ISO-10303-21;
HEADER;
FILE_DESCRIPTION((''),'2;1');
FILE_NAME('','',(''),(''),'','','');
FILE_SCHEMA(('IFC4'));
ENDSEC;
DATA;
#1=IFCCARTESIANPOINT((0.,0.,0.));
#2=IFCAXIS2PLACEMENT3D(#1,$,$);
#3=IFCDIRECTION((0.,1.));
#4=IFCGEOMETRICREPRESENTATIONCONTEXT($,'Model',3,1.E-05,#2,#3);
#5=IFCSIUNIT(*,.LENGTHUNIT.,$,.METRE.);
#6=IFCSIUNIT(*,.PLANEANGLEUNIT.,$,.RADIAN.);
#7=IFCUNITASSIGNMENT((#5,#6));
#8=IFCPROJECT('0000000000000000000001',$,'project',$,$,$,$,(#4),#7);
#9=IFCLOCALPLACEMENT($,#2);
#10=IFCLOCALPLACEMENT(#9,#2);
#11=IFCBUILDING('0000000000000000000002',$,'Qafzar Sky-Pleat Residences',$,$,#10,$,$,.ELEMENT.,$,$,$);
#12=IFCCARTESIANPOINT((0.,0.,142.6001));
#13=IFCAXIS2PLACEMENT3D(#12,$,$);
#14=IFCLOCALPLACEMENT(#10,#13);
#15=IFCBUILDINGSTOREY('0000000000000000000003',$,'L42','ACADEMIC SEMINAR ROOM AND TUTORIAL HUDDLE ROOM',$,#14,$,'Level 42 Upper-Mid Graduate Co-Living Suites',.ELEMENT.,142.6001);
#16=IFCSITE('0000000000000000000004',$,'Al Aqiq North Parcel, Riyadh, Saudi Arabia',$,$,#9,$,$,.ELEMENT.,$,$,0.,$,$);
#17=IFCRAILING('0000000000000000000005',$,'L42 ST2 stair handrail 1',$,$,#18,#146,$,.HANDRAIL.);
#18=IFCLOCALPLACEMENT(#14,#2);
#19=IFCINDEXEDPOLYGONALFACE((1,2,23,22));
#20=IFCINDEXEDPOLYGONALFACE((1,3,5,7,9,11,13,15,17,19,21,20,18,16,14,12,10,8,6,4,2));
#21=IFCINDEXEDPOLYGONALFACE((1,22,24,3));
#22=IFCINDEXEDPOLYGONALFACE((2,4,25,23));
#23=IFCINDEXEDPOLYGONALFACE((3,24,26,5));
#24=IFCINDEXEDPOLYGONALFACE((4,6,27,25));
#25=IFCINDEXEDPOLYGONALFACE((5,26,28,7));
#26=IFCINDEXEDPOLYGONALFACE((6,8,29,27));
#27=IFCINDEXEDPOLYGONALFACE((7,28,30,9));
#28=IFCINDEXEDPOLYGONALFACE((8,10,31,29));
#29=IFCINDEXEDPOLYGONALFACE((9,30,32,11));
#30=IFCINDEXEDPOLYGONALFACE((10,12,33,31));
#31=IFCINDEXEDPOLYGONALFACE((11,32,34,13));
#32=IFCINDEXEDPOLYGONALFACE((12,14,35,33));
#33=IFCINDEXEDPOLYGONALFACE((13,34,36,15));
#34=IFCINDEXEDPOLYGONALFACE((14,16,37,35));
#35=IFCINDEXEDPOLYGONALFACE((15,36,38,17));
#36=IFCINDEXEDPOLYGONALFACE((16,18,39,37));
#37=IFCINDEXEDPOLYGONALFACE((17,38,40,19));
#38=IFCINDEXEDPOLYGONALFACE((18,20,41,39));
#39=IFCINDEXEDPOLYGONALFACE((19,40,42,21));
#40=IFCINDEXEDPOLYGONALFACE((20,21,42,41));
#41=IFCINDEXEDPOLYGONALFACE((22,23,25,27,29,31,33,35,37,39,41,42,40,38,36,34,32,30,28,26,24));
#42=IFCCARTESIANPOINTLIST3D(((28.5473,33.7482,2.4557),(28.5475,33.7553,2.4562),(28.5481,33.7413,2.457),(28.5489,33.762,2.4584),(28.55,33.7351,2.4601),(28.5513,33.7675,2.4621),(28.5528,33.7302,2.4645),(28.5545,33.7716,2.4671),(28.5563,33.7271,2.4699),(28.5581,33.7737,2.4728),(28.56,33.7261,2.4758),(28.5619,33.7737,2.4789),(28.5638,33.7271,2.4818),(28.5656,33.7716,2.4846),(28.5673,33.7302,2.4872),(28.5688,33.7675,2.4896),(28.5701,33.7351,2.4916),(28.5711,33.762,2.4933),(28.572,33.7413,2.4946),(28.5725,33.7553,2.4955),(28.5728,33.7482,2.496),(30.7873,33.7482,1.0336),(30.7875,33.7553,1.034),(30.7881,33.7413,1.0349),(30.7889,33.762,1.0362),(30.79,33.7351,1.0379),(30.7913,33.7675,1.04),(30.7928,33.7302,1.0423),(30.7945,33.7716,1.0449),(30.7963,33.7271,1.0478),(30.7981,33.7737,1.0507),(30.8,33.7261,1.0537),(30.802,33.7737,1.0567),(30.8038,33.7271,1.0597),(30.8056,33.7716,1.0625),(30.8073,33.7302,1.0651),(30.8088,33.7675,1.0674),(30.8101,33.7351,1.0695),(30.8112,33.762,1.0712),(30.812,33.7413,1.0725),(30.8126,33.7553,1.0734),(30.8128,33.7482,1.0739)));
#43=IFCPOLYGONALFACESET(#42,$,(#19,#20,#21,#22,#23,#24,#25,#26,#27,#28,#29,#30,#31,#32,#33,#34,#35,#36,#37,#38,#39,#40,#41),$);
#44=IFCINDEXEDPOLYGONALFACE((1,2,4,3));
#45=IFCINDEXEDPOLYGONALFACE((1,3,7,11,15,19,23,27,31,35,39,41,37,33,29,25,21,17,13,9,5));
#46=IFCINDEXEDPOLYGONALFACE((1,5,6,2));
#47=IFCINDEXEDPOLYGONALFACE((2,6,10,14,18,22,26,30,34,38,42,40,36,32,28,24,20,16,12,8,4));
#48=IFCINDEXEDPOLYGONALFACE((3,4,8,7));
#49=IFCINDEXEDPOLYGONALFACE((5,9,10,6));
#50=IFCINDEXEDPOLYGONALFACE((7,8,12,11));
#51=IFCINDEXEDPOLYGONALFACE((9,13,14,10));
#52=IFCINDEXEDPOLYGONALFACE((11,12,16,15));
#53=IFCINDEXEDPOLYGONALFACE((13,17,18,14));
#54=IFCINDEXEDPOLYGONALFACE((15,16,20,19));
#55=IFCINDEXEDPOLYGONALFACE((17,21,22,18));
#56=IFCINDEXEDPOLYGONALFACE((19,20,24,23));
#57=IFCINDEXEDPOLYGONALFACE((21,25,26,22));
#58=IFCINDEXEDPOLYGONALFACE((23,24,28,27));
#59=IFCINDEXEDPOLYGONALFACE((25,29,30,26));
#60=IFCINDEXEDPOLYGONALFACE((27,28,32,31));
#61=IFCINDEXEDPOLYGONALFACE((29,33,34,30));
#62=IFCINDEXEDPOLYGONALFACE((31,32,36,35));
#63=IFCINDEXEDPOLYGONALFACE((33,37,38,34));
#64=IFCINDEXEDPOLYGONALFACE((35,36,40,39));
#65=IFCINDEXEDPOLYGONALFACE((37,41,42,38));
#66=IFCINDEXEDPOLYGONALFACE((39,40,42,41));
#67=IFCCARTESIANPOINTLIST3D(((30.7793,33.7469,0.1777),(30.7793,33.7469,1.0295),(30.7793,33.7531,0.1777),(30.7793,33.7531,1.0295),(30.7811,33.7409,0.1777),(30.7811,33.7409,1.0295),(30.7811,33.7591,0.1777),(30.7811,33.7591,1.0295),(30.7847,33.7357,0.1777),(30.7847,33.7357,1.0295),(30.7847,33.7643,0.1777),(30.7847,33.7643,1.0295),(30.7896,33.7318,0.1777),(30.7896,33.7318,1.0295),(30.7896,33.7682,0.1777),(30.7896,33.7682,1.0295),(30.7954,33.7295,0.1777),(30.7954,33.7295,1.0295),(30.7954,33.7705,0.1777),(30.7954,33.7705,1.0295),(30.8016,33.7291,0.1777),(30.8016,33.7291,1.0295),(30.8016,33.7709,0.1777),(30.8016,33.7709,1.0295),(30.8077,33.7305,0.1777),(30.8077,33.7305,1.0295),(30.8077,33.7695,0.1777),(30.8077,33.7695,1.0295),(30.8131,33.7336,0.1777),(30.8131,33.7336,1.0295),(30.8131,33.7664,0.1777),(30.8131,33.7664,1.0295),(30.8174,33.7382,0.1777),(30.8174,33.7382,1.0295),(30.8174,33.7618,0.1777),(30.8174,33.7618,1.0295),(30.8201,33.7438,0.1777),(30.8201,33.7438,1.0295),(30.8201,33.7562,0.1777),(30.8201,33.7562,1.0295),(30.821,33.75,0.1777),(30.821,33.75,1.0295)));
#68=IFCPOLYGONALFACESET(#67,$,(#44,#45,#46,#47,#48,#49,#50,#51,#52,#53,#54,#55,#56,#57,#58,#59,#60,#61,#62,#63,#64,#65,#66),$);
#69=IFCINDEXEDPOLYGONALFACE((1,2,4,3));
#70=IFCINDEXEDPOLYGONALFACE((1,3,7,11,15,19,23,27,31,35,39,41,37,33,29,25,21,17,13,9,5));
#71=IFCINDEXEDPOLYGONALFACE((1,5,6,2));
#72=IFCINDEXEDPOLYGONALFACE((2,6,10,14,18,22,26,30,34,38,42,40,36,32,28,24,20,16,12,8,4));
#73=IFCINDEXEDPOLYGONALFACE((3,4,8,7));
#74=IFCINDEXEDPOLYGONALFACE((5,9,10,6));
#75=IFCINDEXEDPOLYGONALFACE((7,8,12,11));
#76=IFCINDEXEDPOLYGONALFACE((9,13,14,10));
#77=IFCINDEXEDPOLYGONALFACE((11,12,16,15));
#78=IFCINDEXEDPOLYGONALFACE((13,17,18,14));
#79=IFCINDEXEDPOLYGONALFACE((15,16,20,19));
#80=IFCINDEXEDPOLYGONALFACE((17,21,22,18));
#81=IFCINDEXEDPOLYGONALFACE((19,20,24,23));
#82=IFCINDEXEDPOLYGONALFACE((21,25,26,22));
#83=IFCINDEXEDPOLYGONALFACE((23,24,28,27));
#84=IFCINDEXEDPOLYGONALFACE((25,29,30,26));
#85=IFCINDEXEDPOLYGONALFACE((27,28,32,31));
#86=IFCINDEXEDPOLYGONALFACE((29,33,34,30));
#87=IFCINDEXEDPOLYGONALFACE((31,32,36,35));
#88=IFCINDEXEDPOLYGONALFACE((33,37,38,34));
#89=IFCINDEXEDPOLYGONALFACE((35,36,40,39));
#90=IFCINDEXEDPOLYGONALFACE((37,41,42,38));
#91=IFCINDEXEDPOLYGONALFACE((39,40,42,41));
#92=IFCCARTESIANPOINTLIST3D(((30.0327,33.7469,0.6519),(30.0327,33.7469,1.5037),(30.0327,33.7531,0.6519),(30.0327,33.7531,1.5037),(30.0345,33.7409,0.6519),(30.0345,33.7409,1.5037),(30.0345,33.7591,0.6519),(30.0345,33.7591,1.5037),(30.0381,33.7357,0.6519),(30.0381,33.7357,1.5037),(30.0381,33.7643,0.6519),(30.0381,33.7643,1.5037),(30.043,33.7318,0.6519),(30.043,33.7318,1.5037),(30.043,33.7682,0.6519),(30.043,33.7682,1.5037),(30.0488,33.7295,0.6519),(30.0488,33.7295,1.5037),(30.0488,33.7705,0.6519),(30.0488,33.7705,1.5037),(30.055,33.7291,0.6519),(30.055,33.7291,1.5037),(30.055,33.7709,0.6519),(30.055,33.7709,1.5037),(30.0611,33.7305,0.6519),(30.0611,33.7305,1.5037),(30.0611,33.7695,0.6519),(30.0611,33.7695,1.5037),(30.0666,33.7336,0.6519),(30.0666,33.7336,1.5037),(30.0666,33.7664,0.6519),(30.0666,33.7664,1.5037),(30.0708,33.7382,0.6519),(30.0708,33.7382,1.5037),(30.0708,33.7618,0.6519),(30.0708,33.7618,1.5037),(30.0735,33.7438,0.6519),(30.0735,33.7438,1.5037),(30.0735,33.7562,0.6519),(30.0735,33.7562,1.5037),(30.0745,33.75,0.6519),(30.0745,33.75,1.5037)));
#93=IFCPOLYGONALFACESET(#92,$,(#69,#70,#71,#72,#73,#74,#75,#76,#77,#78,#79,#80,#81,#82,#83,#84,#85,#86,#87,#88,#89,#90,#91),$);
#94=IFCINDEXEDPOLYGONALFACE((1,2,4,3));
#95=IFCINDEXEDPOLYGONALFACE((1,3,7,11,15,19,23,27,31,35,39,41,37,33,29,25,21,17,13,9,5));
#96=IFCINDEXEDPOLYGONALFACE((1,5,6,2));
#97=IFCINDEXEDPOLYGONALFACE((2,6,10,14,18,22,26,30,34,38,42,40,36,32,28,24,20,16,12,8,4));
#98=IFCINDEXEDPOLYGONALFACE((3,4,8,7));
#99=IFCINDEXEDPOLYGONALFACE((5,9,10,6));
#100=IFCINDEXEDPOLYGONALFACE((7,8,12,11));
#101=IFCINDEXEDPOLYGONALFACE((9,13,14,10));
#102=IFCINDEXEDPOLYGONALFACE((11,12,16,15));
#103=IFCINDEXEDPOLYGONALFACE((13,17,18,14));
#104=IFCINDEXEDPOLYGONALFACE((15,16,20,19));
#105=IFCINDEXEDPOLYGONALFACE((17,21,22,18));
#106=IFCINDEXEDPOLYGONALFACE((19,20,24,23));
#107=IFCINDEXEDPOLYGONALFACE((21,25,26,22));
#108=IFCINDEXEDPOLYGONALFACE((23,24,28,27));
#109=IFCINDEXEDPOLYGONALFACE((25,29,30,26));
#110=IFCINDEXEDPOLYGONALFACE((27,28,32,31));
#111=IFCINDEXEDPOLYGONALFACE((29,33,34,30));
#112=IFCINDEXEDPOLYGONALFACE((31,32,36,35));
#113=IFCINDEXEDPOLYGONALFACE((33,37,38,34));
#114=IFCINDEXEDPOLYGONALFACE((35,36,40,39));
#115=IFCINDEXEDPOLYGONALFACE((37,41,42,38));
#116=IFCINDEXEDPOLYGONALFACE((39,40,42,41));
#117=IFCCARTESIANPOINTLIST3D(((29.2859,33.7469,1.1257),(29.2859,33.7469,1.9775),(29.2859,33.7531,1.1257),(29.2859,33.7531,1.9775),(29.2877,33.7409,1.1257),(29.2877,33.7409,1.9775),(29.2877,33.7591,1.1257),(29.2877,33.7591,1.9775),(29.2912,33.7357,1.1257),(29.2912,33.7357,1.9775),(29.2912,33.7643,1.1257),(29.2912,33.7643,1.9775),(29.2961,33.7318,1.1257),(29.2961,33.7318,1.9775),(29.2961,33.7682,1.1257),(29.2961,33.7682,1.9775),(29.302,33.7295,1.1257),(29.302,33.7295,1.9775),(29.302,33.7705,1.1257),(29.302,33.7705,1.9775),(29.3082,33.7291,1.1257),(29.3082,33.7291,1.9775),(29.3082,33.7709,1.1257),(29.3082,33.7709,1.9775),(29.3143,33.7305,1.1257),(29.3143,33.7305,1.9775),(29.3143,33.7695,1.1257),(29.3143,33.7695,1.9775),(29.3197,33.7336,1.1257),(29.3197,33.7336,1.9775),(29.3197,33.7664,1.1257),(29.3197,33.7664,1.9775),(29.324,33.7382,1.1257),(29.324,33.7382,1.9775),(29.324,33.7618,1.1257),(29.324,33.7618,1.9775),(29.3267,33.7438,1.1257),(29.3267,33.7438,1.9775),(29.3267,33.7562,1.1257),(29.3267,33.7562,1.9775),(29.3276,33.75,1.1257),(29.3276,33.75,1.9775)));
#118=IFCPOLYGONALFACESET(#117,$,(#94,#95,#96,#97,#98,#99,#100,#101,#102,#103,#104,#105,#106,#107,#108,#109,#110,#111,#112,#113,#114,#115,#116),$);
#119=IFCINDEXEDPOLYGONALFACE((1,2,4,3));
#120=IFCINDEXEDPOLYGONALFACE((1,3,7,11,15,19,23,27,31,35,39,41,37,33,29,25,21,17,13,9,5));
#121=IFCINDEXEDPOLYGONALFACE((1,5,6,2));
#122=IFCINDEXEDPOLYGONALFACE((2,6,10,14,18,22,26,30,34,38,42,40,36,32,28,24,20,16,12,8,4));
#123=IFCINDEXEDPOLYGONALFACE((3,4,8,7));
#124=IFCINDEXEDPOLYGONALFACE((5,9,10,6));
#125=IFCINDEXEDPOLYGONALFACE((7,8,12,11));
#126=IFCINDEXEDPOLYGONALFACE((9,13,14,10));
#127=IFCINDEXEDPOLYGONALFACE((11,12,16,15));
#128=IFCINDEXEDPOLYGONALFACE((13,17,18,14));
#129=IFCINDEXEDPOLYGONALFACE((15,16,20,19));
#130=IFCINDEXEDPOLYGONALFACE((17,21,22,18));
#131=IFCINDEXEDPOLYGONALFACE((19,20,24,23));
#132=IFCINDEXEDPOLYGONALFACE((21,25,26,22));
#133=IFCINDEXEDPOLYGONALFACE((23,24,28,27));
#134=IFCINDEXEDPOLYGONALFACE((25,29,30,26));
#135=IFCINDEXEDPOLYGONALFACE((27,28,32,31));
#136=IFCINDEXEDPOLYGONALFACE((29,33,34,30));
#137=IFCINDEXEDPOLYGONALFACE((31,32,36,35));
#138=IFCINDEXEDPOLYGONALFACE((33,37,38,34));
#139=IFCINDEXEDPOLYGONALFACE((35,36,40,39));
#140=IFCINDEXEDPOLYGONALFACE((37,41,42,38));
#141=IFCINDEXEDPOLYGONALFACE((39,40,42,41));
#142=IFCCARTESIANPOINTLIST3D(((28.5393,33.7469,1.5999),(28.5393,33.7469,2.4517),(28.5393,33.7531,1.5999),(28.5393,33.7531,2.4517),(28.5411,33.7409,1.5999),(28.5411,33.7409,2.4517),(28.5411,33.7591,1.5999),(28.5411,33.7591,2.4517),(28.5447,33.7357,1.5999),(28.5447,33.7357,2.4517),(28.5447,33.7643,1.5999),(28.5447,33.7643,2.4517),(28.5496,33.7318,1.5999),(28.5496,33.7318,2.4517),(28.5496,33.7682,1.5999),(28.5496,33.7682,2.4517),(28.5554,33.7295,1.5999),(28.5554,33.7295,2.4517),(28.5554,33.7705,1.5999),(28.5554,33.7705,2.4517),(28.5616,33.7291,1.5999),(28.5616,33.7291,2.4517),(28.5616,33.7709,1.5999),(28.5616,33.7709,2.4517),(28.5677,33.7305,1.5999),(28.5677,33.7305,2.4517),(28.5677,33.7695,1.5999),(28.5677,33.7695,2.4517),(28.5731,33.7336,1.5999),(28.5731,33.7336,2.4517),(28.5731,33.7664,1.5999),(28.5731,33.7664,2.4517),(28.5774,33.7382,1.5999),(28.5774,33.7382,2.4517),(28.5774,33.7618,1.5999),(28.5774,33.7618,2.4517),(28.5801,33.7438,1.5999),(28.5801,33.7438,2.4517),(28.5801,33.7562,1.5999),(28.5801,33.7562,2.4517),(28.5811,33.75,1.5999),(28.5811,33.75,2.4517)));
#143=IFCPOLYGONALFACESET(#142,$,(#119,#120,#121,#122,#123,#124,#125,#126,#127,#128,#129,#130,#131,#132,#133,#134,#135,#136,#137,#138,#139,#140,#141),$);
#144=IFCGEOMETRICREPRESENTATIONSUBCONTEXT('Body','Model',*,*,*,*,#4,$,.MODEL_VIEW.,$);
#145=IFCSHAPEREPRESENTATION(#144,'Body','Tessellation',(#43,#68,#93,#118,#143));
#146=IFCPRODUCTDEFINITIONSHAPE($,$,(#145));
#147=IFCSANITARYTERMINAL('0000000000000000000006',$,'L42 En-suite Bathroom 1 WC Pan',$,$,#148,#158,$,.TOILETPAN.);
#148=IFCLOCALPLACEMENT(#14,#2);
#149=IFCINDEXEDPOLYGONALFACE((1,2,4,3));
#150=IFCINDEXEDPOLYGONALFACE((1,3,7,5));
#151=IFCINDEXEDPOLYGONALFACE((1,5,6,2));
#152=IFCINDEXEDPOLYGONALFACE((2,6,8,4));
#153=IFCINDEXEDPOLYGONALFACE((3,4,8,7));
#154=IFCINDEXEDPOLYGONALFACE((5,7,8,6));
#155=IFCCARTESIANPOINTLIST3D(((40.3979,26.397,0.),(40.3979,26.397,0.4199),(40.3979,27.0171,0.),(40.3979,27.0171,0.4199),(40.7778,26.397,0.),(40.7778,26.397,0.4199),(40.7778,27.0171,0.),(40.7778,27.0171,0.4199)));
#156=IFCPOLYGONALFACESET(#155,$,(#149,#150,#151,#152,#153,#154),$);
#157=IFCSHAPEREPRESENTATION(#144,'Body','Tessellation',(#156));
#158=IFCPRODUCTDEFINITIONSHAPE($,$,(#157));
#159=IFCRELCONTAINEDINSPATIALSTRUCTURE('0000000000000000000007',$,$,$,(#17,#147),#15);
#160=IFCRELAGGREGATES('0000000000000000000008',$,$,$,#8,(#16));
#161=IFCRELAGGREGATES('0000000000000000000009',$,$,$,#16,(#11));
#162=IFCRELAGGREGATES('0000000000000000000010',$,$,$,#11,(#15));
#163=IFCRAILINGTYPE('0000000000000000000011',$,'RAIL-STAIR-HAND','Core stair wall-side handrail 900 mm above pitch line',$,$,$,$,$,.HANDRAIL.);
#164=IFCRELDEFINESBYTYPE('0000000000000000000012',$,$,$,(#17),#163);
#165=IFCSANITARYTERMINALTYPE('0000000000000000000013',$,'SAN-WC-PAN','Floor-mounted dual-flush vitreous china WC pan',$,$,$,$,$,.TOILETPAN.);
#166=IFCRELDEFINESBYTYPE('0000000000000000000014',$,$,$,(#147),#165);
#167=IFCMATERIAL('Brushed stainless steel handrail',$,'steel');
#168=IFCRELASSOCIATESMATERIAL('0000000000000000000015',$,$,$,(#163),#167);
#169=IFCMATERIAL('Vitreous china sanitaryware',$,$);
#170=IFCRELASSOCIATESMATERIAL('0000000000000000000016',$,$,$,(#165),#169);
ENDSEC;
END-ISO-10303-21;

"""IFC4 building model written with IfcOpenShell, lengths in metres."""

from ifc_helpers import new_model, si_unit, direction, frame, origin, origin_2d, place, context, subcontext, project, spatial, rectangle, circle, extrude, source, transform, mapped, material, type_object, element, save


model = new_model("IFC4")

# Units and contexts
model_context = context("Model", 3, precision=1e-05, world=origin(), true_north=direction((0.0, 1.0)))
body_context = subcontext(model_context, "Body", "Model", "MODEL_VIEW")
ifc_project = project(units=[si_unit("LENGTHUNIT", "METRE"), si_unit("PLANEANGLEUNIT", "RADIAN")], contexts=[model_context])

# Site, building, storey
site_placement = place(None, origin())
site = spatial("IfcSite", under=ifc_project, at=site_placement, Name="Al Aqiq North Parcel, Riyadh, Saudi Arabia", CompositionType="ELEMENT", RefElevation=0.0)
building_placement = place(site_placement, origin())
building = spatial("IfcBuilding", under=site, at=building_placement, Name="Qafzar Sky-Pleat Residences", CompositionType="ELEMENT")
storey_placement = place(building_placement, frame((0.0, 0.0, 142.6001)))
storey = spatial("IfcBuildingStorey", under=building, at=storey_placement, Name="L42", Description="ACADEMIC SEMINAR ROOM AND TUTORIAL HUDDLE ROOM", LongName="Level 42 Upper-Mid Graduate Co-Living Suites", CompositionType="ELEMENT", Elevation=142.6001)

# Railing
ifc_material_1 = material(Name="Brushed stainless steel handrail", Category="steel")
railing_type_1 = type_object("IfcRailingType", Name="RAIL-STAIR-HAND", Description="Core stair wall-side handrail 900 mm above pitch line", PredefinedType="HANDRAIL", material=ifc_material_1)
shared_shape_1 = source(origin(), body_context, "Body", "SweptSolid", [
    extrude(circle(Radius=0.0239, at=origin_2d()), frame((0.0, 0.0, 0.876), z_axis=(-0.844229, 0.0, 0.535982), x_axis=(0.0, -1.0, 0.0)), (0.0, 0.0, 1.0), 2.6533),
    extrude(circle(Radius=0.021, at=origin_2d()), origin(), (0.0, 0.0, 1.0), 0.8518),
    extrude(circle(Radius=0.021, at=origin_2d()), frame((-0.7466, 0.0, 0.4741)), (0.0, 0.0, 1.0), 0.8518),
    extrude(circle(Radius=0.021, at=origin_2d()), frame((-1.4934, 0.0, 0.948)), (0.0, 0.0, 1.0), 0.8518),
    extrude(circle(Radius=0.021, at=origin_2d()), frame((-2.24, 0.0, 1.4221)), (0.0, 0.0, 1.0), 0.8518),
])
railing_1_placement = place(storey_placement, frame((30.8, 33.75, 0.1777)))
element("IfcRailing", 1, at=railing_1_placement, inside=storey, type_object=railing_type_1, Name="L42 ST2 stair handrail 1", PredefinedType="HANDRAIL", context=body_context, shape_type="MappedRepresentation", body=[
    mapped(shared_shape_1, transform((0.0, 0.0, 0.0), x_axis=(1.0, 0.0, 0.0), y_axis=(0.0, 1.0, 0.0), z_axis=(0.0, 0.0, 1.0), scale=1.0)),
])

# Sanitary terminal
ifc_material_2 = material(Name="Vitreous china sanitaryware")
sanitary_terminal_type = type_object("IfcSanitaryTerminalType", Name="SAN-WC-PAN", Description="Floor-mounted dual-flush vitreous china WC pan", PredefinedType="TOILETPAN", material=ifc_material_2)
shared_shape_2 = source(origin(), body_context, "Body", "SweptSolid", [
    extrude(rectangle(XDim=0.3799, YDim=0.6201, at=origin_2d()), origin(), (0.0, 0.0, 1.0), 0.4199),
])
sanitary_terminal_placement = place(storey_placement, frame((40.5879, 26.707, 0.0), z_axis=(0.0, 0.0, 1.0), x_axis=(1.0, 0.0, 0.0)))
element("IfcSanitaryTerminal", 2, at=sanitary_terminal_placement, inside=storey, type_object=sanitary_terminal_type, Name="L42 En-suite Bathroom 1 WC Pan", PredefinedType="TOILETPAN", context=body_context, shape_type="MappedRepresentation", body=[
    mapped(shared_shape_2, transform((0.0, 0.0, 0.0), x_axis=(1.0, 0.0, 0.0), y_axis=(0.0, 1.0, 0.0), z_axis=(0.0, 0.0, 1.0), scale=1.0)),
])

save(model, "model.ifc")
